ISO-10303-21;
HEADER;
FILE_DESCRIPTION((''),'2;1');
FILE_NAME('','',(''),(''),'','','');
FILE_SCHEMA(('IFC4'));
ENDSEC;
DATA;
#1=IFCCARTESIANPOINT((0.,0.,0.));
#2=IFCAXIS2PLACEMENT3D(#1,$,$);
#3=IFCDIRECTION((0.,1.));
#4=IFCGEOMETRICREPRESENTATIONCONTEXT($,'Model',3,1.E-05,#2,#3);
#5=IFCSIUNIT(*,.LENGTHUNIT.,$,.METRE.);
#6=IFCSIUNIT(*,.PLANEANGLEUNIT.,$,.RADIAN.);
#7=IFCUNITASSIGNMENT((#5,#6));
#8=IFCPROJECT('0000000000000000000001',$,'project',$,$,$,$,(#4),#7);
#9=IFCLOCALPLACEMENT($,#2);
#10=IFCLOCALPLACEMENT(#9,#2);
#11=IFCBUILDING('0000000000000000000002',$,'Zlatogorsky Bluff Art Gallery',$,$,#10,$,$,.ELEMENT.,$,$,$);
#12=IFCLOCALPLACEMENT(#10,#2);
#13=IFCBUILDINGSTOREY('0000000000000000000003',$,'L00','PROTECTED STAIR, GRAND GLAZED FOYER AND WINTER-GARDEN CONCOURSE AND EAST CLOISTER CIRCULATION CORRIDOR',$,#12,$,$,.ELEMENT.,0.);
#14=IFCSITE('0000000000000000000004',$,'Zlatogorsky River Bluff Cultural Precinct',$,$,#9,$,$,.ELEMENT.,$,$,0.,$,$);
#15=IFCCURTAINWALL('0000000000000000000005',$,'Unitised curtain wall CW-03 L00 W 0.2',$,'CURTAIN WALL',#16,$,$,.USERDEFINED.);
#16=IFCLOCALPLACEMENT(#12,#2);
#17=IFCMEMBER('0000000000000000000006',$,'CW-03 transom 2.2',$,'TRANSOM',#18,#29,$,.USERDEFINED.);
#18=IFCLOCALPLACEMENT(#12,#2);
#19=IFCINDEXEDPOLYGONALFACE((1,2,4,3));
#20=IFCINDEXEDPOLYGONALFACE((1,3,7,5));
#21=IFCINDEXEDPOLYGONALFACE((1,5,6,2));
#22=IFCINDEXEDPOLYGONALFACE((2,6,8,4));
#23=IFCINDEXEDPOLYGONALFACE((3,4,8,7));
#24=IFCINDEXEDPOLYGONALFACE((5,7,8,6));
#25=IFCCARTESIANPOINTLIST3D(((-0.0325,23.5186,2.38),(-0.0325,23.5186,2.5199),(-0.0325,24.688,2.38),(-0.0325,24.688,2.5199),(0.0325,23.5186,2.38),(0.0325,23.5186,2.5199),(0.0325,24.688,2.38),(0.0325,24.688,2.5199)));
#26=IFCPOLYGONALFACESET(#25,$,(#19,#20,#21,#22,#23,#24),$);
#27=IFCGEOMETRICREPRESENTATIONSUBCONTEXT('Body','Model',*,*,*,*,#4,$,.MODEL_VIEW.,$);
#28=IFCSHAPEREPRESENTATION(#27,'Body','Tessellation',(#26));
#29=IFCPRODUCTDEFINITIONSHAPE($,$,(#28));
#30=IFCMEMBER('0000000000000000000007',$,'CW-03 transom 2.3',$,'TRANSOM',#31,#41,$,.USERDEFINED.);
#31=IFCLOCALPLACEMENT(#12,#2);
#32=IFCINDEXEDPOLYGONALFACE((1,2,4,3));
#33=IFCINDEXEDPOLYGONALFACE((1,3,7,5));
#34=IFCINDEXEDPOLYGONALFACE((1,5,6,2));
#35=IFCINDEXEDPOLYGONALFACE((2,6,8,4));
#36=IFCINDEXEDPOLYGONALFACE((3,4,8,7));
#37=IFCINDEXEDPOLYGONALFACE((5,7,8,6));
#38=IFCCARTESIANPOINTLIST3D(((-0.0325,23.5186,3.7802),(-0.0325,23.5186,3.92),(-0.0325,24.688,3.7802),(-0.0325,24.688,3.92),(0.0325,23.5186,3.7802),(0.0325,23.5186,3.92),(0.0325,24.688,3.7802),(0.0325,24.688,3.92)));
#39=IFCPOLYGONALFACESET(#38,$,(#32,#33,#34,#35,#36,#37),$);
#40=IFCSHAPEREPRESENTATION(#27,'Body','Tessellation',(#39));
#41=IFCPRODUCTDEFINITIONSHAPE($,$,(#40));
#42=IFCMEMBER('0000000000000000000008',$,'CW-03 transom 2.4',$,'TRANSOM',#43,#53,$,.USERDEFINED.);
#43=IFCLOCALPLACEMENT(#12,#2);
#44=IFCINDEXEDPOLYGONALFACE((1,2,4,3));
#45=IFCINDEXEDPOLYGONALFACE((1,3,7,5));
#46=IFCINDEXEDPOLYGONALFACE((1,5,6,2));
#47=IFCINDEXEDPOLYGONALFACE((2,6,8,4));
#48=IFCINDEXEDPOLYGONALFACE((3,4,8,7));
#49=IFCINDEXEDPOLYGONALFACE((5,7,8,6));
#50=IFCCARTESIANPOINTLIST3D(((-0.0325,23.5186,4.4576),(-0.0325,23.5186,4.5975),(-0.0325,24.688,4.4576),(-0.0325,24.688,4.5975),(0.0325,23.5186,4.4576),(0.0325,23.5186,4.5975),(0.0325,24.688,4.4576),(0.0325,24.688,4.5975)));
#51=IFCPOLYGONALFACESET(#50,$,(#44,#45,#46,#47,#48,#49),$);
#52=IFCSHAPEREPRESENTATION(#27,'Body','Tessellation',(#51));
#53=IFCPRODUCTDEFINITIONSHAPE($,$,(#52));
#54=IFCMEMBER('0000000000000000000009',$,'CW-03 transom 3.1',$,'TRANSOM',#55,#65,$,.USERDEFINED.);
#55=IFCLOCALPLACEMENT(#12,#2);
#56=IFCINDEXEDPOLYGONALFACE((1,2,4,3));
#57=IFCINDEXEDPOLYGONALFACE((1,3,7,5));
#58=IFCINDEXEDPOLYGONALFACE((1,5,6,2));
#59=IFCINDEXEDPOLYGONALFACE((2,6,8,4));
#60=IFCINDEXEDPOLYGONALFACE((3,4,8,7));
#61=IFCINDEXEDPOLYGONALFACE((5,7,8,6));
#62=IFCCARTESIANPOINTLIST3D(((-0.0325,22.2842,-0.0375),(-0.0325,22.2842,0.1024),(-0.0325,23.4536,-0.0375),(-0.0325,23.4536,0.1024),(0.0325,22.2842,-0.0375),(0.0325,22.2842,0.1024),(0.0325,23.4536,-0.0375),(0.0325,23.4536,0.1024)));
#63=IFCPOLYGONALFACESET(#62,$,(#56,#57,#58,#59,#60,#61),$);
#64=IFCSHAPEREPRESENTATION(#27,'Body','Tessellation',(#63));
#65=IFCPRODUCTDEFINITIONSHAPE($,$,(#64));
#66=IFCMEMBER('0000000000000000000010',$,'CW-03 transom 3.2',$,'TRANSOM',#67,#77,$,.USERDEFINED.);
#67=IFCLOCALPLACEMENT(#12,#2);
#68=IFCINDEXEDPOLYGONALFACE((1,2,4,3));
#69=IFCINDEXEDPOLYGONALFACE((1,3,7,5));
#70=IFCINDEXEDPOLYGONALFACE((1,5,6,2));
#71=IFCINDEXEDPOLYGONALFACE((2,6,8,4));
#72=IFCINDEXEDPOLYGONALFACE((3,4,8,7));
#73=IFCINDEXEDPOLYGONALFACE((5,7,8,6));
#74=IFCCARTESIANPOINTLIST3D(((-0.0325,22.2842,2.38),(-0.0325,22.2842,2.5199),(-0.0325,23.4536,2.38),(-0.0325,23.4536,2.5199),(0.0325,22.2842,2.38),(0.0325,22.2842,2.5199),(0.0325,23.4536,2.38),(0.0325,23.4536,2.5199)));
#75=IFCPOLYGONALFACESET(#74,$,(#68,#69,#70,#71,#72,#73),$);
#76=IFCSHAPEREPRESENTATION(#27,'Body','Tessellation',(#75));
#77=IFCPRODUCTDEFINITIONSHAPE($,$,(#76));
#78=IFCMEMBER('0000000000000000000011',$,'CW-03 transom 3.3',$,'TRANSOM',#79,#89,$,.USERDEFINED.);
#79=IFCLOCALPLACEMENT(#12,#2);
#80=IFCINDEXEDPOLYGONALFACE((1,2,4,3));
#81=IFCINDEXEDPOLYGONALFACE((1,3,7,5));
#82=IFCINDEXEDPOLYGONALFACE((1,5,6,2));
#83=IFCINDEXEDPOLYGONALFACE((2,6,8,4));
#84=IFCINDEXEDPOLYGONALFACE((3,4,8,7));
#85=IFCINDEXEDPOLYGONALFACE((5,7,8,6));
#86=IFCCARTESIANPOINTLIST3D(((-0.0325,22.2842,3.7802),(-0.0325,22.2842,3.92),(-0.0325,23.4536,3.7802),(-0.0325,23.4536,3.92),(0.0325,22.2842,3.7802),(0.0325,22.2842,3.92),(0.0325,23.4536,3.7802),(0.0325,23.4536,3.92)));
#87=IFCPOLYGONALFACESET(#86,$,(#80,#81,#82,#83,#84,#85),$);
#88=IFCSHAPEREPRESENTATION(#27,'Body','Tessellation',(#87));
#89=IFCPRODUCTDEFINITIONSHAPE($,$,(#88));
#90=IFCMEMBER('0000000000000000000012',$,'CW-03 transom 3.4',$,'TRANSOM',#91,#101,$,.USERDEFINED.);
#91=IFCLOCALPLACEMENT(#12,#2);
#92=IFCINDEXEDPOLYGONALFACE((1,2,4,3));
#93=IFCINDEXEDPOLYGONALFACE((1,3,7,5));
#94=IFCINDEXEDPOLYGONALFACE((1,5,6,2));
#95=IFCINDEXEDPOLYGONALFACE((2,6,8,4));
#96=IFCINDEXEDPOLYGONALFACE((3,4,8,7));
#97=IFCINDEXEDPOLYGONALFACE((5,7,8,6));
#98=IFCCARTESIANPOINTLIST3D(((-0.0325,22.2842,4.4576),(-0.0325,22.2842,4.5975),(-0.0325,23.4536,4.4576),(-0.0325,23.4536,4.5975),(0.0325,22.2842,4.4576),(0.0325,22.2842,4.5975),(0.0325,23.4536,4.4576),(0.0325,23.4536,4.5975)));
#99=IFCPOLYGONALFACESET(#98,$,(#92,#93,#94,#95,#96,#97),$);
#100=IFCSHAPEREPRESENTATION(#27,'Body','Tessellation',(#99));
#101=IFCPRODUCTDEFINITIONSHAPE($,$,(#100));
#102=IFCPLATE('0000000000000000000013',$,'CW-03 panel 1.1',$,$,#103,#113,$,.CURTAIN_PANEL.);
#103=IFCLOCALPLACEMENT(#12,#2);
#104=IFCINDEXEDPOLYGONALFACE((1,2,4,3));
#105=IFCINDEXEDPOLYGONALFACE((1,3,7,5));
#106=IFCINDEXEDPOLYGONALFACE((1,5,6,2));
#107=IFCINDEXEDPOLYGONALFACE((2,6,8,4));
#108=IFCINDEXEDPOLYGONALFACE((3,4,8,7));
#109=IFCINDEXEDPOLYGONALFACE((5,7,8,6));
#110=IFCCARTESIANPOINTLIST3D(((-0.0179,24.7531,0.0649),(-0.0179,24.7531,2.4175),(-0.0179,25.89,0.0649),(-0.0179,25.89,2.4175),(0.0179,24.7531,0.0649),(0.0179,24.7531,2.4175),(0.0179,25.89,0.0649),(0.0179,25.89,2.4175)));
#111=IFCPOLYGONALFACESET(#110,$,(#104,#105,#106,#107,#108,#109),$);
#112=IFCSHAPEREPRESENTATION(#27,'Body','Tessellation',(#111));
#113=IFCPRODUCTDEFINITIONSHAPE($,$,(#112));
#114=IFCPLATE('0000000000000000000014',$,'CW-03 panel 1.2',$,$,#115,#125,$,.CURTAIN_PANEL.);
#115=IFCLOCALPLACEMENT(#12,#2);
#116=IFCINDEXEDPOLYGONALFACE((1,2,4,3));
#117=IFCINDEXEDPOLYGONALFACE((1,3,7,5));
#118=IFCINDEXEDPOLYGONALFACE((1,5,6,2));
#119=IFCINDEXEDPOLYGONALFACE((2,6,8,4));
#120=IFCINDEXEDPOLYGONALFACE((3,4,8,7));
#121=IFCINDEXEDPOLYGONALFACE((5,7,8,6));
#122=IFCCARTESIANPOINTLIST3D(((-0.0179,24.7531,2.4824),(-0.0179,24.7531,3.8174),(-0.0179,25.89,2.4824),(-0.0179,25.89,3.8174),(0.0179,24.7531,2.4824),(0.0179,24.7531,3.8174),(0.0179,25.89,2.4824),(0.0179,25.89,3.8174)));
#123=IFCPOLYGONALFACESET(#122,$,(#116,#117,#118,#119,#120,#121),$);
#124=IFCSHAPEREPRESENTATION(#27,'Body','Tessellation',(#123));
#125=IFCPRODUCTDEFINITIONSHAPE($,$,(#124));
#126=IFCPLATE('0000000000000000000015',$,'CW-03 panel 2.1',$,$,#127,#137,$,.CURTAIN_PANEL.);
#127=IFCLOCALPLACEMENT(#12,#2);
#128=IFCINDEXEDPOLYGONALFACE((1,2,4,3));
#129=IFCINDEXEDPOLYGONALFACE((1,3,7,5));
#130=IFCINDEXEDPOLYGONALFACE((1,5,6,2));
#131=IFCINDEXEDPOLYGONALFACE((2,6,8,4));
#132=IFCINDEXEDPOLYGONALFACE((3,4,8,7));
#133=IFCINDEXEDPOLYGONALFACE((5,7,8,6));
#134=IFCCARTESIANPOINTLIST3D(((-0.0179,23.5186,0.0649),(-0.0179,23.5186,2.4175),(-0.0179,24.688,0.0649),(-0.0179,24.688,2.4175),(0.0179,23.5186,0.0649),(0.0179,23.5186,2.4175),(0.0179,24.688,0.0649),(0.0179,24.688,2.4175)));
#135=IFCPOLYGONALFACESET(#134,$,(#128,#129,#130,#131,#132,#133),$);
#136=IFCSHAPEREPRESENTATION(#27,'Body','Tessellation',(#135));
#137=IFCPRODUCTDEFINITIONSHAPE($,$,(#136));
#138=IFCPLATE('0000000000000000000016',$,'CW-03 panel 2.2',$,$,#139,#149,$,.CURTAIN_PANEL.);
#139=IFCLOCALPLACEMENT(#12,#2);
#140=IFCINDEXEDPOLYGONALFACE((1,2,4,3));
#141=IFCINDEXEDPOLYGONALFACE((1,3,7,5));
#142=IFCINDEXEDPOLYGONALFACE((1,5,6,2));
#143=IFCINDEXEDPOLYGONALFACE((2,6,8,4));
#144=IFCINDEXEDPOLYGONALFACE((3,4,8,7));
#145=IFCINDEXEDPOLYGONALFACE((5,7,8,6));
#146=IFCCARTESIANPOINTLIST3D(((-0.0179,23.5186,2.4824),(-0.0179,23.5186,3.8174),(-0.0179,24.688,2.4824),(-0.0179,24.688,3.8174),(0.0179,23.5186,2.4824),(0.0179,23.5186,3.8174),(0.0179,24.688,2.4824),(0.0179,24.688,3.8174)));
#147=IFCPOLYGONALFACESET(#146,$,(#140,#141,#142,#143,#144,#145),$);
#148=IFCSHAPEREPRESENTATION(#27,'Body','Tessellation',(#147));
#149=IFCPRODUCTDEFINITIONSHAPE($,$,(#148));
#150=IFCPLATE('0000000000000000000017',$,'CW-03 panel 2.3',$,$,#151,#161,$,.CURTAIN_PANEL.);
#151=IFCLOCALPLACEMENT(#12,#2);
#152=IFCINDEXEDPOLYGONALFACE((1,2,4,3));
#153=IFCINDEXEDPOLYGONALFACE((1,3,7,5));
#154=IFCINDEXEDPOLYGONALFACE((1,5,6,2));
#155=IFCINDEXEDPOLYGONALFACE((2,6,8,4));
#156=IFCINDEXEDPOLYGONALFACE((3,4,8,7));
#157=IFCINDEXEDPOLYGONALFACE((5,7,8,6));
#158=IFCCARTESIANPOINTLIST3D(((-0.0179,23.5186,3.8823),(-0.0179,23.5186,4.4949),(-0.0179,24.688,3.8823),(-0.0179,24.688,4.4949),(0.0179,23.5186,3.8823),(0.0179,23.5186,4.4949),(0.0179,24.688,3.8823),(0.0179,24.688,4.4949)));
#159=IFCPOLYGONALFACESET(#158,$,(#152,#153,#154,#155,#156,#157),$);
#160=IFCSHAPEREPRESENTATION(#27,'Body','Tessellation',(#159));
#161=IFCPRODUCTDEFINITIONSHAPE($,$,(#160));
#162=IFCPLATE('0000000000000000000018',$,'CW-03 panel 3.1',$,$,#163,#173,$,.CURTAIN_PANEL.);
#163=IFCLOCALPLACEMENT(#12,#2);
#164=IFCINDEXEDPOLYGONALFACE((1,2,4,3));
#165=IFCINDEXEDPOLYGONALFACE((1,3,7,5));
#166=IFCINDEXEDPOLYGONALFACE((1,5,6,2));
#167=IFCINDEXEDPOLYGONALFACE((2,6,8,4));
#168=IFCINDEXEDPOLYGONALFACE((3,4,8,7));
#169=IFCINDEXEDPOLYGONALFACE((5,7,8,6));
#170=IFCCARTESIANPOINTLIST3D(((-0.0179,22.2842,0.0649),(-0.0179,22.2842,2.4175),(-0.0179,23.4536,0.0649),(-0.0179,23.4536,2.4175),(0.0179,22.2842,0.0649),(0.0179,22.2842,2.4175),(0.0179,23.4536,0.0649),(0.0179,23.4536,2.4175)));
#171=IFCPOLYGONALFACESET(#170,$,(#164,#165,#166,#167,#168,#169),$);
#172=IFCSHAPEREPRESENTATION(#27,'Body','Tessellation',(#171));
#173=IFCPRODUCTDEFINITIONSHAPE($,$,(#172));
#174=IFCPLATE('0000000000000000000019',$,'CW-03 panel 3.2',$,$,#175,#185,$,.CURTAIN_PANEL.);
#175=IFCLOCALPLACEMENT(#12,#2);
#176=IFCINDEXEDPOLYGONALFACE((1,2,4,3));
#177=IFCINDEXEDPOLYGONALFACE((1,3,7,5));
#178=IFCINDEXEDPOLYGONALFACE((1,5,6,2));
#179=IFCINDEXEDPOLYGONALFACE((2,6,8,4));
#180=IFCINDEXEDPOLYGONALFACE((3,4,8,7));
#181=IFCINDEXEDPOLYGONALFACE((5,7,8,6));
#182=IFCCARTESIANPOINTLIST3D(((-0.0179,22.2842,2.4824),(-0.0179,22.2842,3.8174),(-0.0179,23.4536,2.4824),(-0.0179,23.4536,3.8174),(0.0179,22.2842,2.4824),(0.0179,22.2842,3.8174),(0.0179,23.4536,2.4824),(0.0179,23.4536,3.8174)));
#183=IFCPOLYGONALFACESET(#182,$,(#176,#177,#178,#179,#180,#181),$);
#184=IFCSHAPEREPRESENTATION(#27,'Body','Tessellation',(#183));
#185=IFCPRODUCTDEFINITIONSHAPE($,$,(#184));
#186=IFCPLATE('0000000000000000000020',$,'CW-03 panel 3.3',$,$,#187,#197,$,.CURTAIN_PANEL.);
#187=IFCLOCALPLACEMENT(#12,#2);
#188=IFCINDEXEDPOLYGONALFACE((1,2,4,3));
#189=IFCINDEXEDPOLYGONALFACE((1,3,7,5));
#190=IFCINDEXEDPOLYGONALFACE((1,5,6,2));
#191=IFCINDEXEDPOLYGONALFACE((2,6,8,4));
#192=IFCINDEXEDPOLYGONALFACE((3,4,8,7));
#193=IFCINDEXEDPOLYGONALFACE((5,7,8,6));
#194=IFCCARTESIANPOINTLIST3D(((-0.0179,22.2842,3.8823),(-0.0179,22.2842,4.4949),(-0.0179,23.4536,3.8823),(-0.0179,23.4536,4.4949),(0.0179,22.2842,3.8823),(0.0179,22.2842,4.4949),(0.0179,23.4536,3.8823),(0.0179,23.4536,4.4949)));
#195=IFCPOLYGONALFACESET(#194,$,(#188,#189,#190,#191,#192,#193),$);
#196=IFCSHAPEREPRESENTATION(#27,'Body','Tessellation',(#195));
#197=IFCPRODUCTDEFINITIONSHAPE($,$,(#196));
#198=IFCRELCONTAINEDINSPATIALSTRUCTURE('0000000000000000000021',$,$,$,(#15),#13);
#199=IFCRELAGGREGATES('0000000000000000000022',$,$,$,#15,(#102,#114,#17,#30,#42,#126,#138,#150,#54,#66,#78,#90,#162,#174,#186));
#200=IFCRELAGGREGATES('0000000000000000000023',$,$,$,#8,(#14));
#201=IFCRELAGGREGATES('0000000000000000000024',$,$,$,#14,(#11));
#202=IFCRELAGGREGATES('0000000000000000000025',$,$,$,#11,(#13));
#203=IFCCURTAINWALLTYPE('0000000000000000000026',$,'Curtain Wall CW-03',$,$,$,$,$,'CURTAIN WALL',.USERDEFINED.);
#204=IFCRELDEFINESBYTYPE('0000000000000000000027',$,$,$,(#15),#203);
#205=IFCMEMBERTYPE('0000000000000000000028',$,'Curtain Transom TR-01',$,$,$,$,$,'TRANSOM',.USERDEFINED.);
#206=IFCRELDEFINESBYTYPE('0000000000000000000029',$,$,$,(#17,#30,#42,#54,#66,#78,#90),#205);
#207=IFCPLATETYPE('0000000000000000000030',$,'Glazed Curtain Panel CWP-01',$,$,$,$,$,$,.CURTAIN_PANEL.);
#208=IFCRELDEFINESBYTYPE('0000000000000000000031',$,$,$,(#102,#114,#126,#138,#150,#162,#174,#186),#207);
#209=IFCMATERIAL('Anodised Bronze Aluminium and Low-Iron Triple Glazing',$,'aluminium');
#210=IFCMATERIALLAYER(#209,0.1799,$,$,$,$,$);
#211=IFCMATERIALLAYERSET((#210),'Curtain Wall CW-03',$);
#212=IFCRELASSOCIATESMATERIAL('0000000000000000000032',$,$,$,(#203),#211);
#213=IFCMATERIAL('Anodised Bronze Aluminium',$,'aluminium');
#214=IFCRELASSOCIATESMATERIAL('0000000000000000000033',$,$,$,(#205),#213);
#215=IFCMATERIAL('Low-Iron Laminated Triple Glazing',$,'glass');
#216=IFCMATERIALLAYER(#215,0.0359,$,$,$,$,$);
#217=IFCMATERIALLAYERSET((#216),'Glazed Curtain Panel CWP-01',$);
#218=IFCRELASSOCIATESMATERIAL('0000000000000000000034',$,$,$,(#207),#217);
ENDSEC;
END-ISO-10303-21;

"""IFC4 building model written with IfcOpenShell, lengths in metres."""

from ifc_helpers import new_model, si_unit, direction, frame, origin, origin_2d, place, context, subcontext, project, spatial, rectangle, extrude, material, layer, layer_set, material_profile, profile_set, type_object, element, aggregate, save


model = new_model("IFC4")

# Units and contexts
model_context = context("Model", 3, precision=1e-05, world=origin(), true_north=direction((0.0, 1.0)))
body_context = subcontext(model_context, "Body", "Model", "MODEL_VIEW")
ifc_project = project(units=[si_unit("LENGTHUNIT", "METRE"), si_unit("PLANEANGLEUNIT", "RADIAN")], contexts=[model_context])

# Site, building, storey
site_placement = place(None, origin())
site = spatial("IfcSite", under=ifc_project, at=site_placement, Name="Zlatogorsky River Bluff Cultural Precinct", CompositionType="ELEMENT", RefElevation=0.0)
building_placement = place(site_placement, origin())
building = spatial("IfcBuilding", under=site, at=building_placement, Name="Zlatogorsky Bluff Art Gallery", CompositionType="ELEMENT")
storey_placement = place(building_placement, origin())
storey = spatial("IfcBuildingStorey", under=building, at=storey_placement, Name="L00", Description="PROTECTED STAIR, GRAND GLAZED FOYER AND WINTER-GARDEN CONCOURSE AND EAST CLOISTER CIRCULATION CORRIDOR", CompositionType="ELEMENT", Elevation=0.0)

# Curtain wall, members, plates
ifc_material_1 = material(Name="Anodised Bronze Aluminium and Low-Iron Triple Glazing", Category="aluminium")
ifc_layer_1 = layer(ifc_material_1, 0.1799)
ifc_layer_set_1 = layer_set([ifc_layer_1], Name="Curtain Wall CW-03")
curtain_wall_type = type_object("IfcCurtainWallType", Name="Curtain Wall CW-03", ElementType="CURTAIN WALL", PredefinedType="USERDEFINED", material=ifc_layer_set_1)
curtain_wall_placement = place(storey_placement, origin())
curtain_wall = element("IfcCurtainWall", 1, at=curtain_wall_placement, inside=storey, type_object=curtain_wall_type, Name="Unitised curtain wall CW-03 L00 W 0.2", ObjectType="CURTAIN WALL", PredefinedType="USERDEFINED")
ifc_material_2 = material(Name="Anodised Bronze Aluminium", Category="aluminium")
ifc_material_profile_1 = material_profile(ifc_material_2, rectangle(XDim=0.0649, YDim=0.1399, at=origin_2d()), Name="ALU TRANSOM 65x140")
ifc_profile_set_1 = profile_set([ifc_material_profile_1], Name="Anodised Bronze Aluminium")
member_type_1 = type_object("IfcMemberType", Name="Curtain Transom TR-01", ElementType="TRANSOM", PredefinedType="USERDEFINED", material=ifc_profile_set_1)
member_1_placement = place(storey_placement, frame((0.0, 24.688, 2.45), z_axis=(0.0, -1.0, 0.0), x_axis=(1.0, 0.0, 0.0)))
member_1 = element("IfcMember", 2, at=member_1_placement, type_object=member_type_1, Name="CW-03 transom 2.2", ObjectType="TRANSOM", PredefinedType="USERDEFINED", context=body_context, shape_type="SweptSolid", body=[
    extrude(rectangle(XDim=0.0649, YDim=0.1399, at=origin_2d()), origin(), (0.0, 0.0, 1.0), 1.1694),
])
member_2_placement = place(storey_placement, frame((0.0, 24.688, 3.8501), z_axis=(0.0, -1.0, 0.0), x_axis=(1.0, 0.0, 0.0)))
member_2 = element("IfcMember", 3, at=member_2_placement, type_object=member_type_1, Name="CW-03 transom 2.3", ObjectType="TRANSOM", PredefinedType="USERDEFINED", context=body_context, shape_type="SweptSolid", body=[
    extrude(rectangle(XDim=0.0649, YDim=0.1399, at=origin_2d()), origin(), (0.0, 0.0, 1.0), 1.1694),
])
member_3_placement = place(storey_placement, frame((0.0, 24.688, 4.5276), z_axis=(0.0, -1.0, 0.0), x_axis=(1.0, 0.0, 0.0)))
member_3 = element("IfcMember", 4, at=member_3_placement, type_object=member_type_1, Name="CW-03 transom 2.4", ObjectType="TRANSOM", PredefinedType="USERDEFINED", context=body_context, shape_type="SweptSolid", body=[
    extrude(rectangle(XDim=0.0649, YDim=0.1399, at=origin_2d()), origin(), (0.0, 0.0, 1.0), 1.1694),
])
member_4_placement = place(storey_placement, frame((0.0, 23.4536, 0.0325), z_axis=(0.0, -1.0, 0.0), x_axis=(1.0, 0.0, 0.0)))
member_4 = element("IfcMember", 5, at=member_4_placement, type_object=member_type_1, Name="CW-03 transom 3.1", ObjectType="TRANSOM", PredefinedType="USERDEFINED", context=body_context, shape_type="SweptSolid", body=[
    extrude(rectangle(XDim=0.0649, YDim=0.1399, at=origin_2d()), origin(), (0.0, 0.0, 1.0), 1.1694),
])
member_5_placement = place(storey_placement, frame((0.0, 23.4536, 2.45), z_axis=(0.0, -1.0, 0.0), x_axis=(1.0, 0.0, 0.0)))
member_5 = element("IfcMember", 6, at=member_5_placement, type_object=member_type_1, Name="CW-03 transom 3.2", ObjectType="TRANSOM", PredefinedType="USERDEFINED", context=body_context, shape_type="SweptSolid", body=[
    extrude(rectangle(XDim=0.0649, YDim=0.1399, at=origin_2d()), origin(), (0.0, 0.0, 1.0), 1.1694),
])
member_6_placement = place(storey_placement, frame((0.0, 23.4536, 3.8501), z_axis=(0.0, -1.0, 0.0), x_axis=(1.0, 0.0, 0.0)))
member_6 = element("IfcMember", 7, at=member_6_placement, type_object=member_type_1, Name="CW-03 transom 3.3", ObjectType="TRANSOM", PredefinedType="USERDEFINED", context=body_context, shape_type="SweptSolid", body=[
    extrude(rectangle(XDim=0.0649, YDim=0.1399, at=origin_2d()), origin(), (0.0, 0.0, 1.0), 1.1694),
])
member_7_placement = place(storey_placement, frame((0.0, 23.4536, 4.5276), z_axis=(0.0, -1.0, 0.0), x_axis=(1.0, 0.0, 0.0)))
member_7 = element("IfcMember", 8, at=member_7_placement, type_object=member_type_1, Name="CW-03 transom 3.4", ObjectType="TRANSOM", PredefinedType="USERDEFINED", context=body_context, shape_type="SweptSolid", body=[
    extrude(rectangle(XDim=0.0649, YDim=0.1399, at=origin_2d()), origin(), (0.0, 0.0, 1.0), 1.1694),
])
ifc_material_3 = material(Name="Low-Iron Laminated Triple Glazing", Category="glass")
ifc_layer_2 = layer(ifc_material_3, 0.0359)
ifc_layer_set_2 = layer_set([ifc_layer_2], Name="Glazed Curtain Panel CWP-01")
plate_type = type_object("IfcPlateType", Name="Glazed Curtain Panel CWP-01", PredefinedType="CURTAIN_PANEL", material=ifc_layer_set_2)
plate_1_placement = place(storey_placement, frame((0.0, 25.3215, 0.0649), z_axis=(0.0, 0.0, 1.0), x_axis=(0.0, -1.0, 0.0)))
plate_1 = element("IfcPlate", 9, at=plate_1_placement, type_object=plate_type, Name="CW-03 panel 1.1", PredefinedType="CURTAIN_PANEL", context=body_context, shape_type="SweptSolid", body=[
    extrude(rectangle(XDim=1.137, YDim=0.0359, at=origin_2d()), origin(), (0.0, 0.0, 1.0), 2.3525),
])
plate_2_placement = place(storey_placement, frame((0.0, 25.3215, 2.4824), z_axis=(0.0, 0.0, 1.0), x_axis=(0.0, -1.0, 0.0)))
plate_2 = element("IfcPlate", 10, at=plate_2_placement, type_object=plate_type, Name="CW-03 panel 1.2", PredefinedType="CURTAIN_PANEL", context=body_context, shape_type="SweptSolid", body=[
    extrude(rectangle(XDim=1.137, YDim=0.0359, at=origin_2d()), origin(), (0.0, 0.0, 1.0), 1.335),
])
plate_3_placement = place(storey_placement, frame((0.0, 24.1033, 0.0649), z_axis=(0.0, 0.0, 1.0), x_axis=(0.0, -1.0, 0.0)))
plate_3 = element("IfcPlate", 11, at=plate_3_placement, type_object=plate_type, Name="CW-03 panel 2.1", PredefinedType="CURTAIN_PANEL", context=body_context, shape_type="SweptSolid", body=[
    extrude(rectangle(XDim=1.1694, YDim=0.0359, at=origin_2d()), origin(), (0.0, 0.0, 1.0), 2.3525),
])
plate_4_placement = place(storey_placement, frame((0.0, 24.1033, 2.4824), z_axis=(0.0, 0.0, 1.0), x_axis=(0.0, -1.0, 0.0)))
plate_4 = element("IfcPlate", 12, at=plate_4_placement, type_object=plate_type, Name="CW-03 panel 2.2", PredefinedType="CURTAIN_PANEL", context=body_context, shape_type="SweptSolid", body=[
    extrude(rectangle(XDim=1.1694, YDim=0.0359, at=origin_2d()), origin(), (0.0, 0.0, 1.0), 1.335),
])
plate_5_placement = place(storey_placement, frame((0.0, 24.1033, 3.8823), z_axis=(0.0, 0.0, 1.0), x_axis=(0.0, -1.0, 0.0)))
plate_5 = element("IfcPlate", 13, at=plate_5_placement, type_object=plate_type, Name="CW-03 panel 2.3", PredefinedType="CURTAIN_PANEL", context=body_context, shape_type="SweptSolid", body=[
    extrude(rectangle(XDim=1.1694, YDim=0.0359, at=origin_2d()), origin(), (0.0, 0.0, 1.0), 0.6125),
])
plate_6_placement = place(storey_placement, frame((0.0, 22.8689, 0.0649), z_axis=(0.0, 0.0, 1.0), x_axis=(0.0, -1.0, 0.0)))
plate_6 = element("IfcPlate", 14, at=plate_6_placement, type_object=plate_type, Name="CW-03 panel 3.1", PredefinedType="CURTAIN_PANEL", context=body_context, shape_type="SweptSolid", body=[
    extrude(rectangle(XDim=1.1694, YDim=0.0359, at=origin_2d()), origin(), (0.0, 0.0, 1.0), 2.3525),
])
plate_7_placement = place(storey_placement, frame((0.0, 22.8689, 2.4824), z_axis=(0.0, 0.0, 1.0), x_axis=(0.0, -1.0, 0.0)))
plate_7 = element("IfcPlate", 15, at=plate_7_placement, type_object=plate_type, Name="CW-03 panel 3.2", PredefinedType="CURTAIN_PANEL", context=body_context, shape_type="SweptSolid", body=[
    extrude(rectangle(XDim=1.1694, YDim=0.0359, at=origin_2d()), origin(), (0.0, 0.0, 1.0), 1.335),
])
plate_8_placement = place(storey_placement, frame((0.0, 22.8689, 3.8823), z_axis=(0.0, 0.0, 1.0), x_axis=(0.0, -1.0, 0.0)))
plate_8 = element("IfcPlate", 16, at=plate_8_placement, type_object=plate_type, Name="CW-03 panel 3.3", PredefinedType="CURTAIN_PANEL", context=body_context, shape_type="SweptSolid", body=[
    extrude(rectangle(XDim=1.1694, YDim=0.0359, at=origin_2d()), origin(), (0.0, 0.0, 1.0), 0.6125),
])
aggregate(curtain_wall, [plate_1, plate_2, member_1, member_2, member_3, plate_3, plate_4, plate_5, member_4, member_5, member_6, member_7, plate_6, plate_7, plate_8])

save(model, "model.ifc")
